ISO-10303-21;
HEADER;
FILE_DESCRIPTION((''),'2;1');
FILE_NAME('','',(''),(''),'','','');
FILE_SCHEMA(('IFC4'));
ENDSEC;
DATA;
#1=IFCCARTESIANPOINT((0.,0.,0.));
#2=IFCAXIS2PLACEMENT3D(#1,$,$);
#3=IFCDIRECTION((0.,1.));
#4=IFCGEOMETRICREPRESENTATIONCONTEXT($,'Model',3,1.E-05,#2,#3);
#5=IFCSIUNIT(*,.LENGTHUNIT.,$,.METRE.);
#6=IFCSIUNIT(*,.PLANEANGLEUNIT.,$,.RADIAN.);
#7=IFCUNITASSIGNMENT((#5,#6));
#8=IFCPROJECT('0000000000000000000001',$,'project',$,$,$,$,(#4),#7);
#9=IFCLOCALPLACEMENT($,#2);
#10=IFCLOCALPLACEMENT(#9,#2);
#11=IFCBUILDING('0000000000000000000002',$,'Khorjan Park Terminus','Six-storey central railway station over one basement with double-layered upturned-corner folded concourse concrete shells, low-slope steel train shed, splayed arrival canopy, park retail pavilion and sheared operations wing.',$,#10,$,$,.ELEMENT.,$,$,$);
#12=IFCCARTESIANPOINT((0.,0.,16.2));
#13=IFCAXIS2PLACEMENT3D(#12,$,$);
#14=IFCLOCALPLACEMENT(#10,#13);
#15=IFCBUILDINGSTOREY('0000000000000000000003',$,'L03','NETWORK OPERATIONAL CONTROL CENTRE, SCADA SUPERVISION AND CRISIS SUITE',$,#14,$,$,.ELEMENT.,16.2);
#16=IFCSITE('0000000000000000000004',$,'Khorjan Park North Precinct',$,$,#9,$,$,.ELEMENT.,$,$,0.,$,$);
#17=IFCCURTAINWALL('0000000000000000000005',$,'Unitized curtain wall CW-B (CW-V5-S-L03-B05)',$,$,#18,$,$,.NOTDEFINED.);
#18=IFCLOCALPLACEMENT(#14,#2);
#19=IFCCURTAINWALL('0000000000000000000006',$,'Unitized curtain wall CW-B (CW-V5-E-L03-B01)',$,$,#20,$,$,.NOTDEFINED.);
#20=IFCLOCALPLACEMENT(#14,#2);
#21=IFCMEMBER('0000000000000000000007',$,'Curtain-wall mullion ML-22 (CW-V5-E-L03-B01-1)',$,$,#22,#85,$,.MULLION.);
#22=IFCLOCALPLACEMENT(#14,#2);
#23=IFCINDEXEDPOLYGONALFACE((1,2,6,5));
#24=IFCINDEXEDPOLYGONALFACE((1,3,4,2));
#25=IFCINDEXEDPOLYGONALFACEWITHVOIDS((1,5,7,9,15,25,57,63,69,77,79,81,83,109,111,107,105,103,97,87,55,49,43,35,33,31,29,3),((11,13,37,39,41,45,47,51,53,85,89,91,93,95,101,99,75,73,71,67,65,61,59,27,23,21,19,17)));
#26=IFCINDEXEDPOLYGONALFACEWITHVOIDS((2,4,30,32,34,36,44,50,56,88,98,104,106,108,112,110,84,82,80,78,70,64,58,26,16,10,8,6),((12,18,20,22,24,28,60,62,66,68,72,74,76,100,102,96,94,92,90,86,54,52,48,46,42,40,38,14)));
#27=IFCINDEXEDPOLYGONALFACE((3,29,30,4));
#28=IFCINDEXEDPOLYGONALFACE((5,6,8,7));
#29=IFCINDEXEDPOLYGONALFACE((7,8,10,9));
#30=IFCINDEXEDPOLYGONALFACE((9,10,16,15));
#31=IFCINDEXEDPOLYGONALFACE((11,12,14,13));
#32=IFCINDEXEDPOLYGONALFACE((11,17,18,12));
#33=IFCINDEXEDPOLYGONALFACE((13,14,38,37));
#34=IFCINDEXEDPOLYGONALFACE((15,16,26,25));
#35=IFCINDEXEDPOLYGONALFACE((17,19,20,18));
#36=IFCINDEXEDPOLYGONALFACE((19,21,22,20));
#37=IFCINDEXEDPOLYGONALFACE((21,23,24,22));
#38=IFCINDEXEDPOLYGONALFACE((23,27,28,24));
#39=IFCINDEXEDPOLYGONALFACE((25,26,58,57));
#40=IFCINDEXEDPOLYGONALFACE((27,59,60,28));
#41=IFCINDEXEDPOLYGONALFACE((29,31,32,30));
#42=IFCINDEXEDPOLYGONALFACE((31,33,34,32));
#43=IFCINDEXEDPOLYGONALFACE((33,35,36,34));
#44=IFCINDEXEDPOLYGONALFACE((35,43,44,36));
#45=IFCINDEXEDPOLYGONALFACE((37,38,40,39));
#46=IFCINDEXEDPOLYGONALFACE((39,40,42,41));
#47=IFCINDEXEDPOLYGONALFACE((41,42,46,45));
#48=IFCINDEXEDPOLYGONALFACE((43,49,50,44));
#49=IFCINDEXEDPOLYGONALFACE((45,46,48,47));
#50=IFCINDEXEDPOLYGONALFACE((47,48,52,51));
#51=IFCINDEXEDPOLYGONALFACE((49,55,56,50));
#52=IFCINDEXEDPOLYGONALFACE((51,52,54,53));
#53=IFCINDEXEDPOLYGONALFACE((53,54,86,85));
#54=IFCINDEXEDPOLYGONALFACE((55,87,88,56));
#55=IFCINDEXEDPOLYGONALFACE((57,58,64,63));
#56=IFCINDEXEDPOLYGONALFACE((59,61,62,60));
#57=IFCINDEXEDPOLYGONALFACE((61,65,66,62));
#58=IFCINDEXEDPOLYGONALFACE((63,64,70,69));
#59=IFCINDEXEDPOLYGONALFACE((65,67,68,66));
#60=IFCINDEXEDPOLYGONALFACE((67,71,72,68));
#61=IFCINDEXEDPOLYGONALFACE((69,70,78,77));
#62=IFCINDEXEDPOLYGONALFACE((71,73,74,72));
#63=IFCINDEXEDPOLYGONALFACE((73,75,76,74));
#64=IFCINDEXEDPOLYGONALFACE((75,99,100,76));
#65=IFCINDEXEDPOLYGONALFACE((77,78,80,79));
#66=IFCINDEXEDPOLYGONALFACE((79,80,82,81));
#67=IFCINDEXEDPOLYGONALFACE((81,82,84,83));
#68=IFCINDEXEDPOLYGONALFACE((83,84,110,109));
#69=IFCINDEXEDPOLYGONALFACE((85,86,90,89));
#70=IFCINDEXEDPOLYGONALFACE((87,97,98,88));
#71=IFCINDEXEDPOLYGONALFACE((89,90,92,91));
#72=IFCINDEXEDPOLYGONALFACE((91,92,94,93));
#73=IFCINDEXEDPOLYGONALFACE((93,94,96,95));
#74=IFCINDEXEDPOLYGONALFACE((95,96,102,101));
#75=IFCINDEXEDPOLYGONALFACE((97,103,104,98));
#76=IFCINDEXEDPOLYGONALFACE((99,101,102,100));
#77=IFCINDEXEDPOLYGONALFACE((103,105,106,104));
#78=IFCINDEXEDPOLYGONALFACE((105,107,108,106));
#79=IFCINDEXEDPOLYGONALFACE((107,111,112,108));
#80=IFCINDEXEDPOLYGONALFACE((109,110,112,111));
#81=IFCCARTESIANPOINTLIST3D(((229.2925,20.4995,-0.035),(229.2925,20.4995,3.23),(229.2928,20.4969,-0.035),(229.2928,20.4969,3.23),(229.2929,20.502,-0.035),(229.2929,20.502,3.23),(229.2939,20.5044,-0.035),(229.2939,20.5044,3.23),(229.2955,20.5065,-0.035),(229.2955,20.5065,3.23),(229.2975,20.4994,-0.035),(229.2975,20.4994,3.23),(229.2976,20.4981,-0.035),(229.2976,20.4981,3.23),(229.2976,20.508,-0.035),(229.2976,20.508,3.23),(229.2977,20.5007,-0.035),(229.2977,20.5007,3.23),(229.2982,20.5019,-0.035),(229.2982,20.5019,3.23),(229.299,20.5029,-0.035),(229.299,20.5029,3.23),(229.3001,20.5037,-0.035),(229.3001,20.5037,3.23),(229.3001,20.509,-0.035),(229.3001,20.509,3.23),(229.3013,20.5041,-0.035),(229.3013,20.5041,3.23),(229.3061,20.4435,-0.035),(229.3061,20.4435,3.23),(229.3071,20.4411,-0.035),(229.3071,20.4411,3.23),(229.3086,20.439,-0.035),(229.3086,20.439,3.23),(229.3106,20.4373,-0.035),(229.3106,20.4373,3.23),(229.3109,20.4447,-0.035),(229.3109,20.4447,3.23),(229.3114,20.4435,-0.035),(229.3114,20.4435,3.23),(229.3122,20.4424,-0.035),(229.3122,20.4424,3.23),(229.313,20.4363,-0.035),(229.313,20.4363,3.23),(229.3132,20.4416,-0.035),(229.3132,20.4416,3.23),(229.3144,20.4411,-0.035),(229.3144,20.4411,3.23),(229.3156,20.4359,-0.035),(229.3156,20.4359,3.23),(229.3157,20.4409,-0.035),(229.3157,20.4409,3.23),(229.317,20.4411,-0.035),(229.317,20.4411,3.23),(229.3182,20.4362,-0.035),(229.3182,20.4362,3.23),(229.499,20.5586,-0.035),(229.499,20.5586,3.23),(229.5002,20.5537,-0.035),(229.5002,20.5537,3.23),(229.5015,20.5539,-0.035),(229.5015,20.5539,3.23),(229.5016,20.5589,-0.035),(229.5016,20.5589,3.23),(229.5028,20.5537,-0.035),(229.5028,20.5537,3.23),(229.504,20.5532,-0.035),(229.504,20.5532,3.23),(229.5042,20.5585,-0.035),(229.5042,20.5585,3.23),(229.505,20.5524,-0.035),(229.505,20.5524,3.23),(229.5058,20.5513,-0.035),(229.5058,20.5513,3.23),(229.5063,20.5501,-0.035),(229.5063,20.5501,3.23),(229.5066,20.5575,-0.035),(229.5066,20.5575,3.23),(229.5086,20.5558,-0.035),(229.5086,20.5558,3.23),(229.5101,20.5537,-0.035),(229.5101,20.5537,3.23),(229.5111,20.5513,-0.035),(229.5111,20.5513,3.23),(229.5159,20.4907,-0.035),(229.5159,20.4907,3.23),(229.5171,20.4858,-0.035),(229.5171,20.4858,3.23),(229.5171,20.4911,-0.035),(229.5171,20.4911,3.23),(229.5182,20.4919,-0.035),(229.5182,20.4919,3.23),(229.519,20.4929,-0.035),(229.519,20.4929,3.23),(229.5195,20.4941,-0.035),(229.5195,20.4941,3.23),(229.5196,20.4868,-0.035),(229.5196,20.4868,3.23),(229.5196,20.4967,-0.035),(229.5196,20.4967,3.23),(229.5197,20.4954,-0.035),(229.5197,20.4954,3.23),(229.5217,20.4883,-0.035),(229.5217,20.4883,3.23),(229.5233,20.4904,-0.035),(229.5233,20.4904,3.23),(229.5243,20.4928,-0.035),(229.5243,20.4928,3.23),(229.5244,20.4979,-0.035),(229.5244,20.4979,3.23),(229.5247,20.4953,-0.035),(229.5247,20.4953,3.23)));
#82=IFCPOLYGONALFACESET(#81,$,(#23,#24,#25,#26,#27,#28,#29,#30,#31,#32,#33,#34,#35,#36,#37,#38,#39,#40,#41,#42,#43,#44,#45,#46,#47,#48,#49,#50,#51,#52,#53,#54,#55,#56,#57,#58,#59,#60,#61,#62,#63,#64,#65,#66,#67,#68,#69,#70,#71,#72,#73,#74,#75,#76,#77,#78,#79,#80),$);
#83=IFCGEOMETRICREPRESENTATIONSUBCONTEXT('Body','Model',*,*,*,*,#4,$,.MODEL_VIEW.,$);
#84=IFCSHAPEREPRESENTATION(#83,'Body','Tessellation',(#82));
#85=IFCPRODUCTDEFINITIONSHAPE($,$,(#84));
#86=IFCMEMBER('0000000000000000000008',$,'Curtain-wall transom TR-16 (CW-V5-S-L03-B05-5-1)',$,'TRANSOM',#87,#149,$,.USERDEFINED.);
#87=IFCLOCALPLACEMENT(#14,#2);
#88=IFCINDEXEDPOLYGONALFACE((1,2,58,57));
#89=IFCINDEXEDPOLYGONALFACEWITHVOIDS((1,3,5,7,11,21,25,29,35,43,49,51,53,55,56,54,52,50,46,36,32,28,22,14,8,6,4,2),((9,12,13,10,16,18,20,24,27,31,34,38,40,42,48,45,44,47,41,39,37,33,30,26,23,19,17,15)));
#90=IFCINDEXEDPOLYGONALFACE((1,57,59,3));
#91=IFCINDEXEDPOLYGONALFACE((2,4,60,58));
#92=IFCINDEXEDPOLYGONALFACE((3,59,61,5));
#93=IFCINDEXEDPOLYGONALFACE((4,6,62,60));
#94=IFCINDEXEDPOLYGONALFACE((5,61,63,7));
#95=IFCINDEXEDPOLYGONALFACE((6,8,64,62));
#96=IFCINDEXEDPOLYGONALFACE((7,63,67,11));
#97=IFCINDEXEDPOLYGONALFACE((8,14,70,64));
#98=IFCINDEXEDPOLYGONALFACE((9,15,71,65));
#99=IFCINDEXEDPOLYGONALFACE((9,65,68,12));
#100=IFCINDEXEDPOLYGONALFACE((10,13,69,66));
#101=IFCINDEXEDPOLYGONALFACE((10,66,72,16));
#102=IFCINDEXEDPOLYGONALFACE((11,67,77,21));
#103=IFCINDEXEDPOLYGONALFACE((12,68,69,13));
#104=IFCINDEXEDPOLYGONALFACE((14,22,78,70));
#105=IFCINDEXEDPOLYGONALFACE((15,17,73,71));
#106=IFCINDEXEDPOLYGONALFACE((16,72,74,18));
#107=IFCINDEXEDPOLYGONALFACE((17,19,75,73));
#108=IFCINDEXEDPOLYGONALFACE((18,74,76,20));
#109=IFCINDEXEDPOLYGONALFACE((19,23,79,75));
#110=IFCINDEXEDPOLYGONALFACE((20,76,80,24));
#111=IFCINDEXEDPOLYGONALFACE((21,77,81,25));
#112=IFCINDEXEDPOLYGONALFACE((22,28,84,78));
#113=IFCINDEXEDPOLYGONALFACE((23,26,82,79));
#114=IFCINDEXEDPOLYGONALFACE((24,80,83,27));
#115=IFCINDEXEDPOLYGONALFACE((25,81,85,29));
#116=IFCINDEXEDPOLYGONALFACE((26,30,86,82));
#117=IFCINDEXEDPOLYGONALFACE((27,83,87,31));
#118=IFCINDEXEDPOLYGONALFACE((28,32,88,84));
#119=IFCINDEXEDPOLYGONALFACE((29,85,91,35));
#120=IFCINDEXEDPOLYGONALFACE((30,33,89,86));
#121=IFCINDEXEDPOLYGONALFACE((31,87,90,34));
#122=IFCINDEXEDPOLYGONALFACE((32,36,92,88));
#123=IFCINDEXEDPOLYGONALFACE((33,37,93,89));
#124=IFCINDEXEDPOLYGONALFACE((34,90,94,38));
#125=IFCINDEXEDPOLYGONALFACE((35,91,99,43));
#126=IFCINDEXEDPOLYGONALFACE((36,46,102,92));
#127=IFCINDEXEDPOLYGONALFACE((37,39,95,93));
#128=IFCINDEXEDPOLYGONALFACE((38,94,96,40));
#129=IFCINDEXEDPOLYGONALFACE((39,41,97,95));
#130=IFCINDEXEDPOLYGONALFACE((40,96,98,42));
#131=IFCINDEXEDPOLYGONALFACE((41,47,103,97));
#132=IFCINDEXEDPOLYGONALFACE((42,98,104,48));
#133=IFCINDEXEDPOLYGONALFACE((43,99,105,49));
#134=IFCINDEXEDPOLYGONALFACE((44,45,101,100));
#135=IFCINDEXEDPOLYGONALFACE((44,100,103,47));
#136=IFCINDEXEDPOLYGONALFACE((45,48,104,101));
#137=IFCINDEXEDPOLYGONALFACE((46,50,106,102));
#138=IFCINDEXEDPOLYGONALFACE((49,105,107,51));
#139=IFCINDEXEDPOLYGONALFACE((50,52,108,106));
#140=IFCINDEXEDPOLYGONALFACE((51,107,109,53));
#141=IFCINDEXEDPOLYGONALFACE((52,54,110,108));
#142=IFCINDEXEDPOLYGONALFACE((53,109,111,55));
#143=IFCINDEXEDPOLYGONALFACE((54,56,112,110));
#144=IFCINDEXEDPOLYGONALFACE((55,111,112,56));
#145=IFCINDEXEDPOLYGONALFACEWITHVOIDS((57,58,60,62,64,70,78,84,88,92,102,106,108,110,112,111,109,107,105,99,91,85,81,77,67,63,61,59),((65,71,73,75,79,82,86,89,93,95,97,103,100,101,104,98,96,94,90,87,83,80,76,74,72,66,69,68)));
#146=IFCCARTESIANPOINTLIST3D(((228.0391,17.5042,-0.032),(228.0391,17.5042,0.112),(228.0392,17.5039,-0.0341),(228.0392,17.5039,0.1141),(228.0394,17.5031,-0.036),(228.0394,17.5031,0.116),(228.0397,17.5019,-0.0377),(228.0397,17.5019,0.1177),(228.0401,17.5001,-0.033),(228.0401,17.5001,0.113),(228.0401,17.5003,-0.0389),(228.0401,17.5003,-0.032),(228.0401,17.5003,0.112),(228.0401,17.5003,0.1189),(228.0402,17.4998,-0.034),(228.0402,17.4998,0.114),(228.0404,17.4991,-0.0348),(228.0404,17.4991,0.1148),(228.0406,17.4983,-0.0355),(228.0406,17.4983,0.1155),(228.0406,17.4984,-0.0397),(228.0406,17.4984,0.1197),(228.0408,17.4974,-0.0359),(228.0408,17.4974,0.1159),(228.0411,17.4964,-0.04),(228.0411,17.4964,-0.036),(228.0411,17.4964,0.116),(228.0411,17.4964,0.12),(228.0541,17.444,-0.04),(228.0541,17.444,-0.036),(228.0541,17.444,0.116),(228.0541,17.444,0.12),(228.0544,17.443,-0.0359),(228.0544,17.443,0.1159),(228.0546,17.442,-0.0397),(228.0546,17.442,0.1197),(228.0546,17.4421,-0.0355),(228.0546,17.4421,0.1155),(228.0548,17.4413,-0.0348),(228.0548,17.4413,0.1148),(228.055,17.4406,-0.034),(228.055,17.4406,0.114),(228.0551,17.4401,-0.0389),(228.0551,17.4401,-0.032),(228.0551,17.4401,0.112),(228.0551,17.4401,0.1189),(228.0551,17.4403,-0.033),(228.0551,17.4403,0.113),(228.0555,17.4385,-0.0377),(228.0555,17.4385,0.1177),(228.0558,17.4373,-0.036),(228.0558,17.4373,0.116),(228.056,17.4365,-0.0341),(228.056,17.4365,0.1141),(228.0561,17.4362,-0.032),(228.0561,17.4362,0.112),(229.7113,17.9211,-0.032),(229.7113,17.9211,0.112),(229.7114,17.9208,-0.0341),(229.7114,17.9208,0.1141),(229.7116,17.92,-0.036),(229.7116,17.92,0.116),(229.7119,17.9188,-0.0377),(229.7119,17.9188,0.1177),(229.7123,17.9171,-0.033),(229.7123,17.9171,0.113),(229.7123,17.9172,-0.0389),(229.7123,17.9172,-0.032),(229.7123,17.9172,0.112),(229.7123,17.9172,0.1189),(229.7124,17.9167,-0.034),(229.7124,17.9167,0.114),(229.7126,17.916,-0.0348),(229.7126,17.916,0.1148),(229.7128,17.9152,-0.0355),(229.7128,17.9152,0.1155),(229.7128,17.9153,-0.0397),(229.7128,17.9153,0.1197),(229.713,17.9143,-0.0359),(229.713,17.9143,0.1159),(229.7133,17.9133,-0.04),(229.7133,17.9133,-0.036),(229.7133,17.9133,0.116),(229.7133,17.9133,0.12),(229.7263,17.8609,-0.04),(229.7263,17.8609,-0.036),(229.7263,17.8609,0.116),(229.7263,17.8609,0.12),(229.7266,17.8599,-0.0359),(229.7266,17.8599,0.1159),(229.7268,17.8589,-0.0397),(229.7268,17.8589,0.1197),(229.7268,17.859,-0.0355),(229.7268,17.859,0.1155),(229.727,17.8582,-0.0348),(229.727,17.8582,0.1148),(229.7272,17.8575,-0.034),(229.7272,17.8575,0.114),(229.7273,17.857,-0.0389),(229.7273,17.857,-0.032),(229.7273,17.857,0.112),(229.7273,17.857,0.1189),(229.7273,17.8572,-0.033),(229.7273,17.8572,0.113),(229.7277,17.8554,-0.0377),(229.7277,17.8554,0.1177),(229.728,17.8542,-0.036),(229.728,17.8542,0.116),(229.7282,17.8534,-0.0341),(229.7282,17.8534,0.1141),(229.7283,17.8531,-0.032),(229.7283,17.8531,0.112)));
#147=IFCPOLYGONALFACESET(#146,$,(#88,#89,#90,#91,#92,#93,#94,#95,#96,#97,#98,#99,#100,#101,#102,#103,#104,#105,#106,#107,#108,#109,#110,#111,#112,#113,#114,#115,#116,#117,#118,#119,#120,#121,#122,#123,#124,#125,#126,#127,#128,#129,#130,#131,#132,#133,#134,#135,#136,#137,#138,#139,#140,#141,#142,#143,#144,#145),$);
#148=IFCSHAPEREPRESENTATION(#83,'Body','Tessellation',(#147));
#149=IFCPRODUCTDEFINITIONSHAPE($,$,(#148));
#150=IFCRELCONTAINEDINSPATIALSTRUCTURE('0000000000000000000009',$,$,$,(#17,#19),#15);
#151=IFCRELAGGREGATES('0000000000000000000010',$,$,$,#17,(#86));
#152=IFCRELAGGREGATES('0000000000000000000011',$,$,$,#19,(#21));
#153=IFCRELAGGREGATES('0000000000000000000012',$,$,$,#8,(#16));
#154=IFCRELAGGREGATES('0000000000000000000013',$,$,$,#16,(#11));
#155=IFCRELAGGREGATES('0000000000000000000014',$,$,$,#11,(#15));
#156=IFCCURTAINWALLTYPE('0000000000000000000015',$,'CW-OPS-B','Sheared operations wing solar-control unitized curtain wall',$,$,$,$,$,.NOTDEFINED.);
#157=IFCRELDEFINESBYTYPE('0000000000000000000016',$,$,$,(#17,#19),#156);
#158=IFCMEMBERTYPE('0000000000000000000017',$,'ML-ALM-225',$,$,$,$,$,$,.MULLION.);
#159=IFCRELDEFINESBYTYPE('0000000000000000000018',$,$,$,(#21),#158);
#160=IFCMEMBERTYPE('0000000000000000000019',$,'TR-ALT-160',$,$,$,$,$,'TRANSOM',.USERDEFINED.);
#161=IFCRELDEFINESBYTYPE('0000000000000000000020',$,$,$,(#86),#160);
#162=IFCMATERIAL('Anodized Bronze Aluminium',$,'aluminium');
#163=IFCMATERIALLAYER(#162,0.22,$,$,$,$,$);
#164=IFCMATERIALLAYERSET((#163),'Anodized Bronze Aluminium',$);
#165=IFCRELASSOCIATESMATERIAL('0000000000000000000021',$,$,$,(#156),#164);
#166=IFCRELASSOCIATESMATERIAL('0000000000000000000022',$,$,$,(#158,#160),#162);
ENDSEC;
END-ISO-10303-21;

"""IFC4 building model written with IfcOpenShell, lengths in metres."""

from ifc_helpers import new_model, si_unit, direction, frame, origin, origin_2d, place, context, subcontext, project, spatial, hollow_rectangle, extrude, material, layer, layer_set, material_profile, profile_set, type_object, element, aggregate, save


model = new_model("IFC4")

# Units and contexts
model_context = context("Model", 3, precision=1e-05, world=origin(), true_north=direction((0.0, 1.0)))
body_context = subcontext(model_context, "Body", "Model", "MODEL_VIEW")
ifc_project = project(units=[si_unit("LENGTHUNIT", "METRE"), si_unit("PLANEANGLEUNIT", "RADIAN")], contexts=[model_context])

# Site, building, storey
site_placement = place(None, origin())
site = spatial("IfcSite", under=ifc_project, at=site_placement, Name="Khorjan Park North Precinct", CompositionType="ELEMENT", RefElevation=0.0)
building_placement = place(site_placement, origin())
building = spatial("IfcBuilding", under=site, at=building_placement, Name="Khorjan Park Terminus", Description="Six-storey central railway station over one basement with double-layered upturned-corner folded concourse concrete shells, low-slope steel train shed, splayed arrival canopy, park retail pavilion and sheared operations wing.", CompositionType="ELEMENT")
storey_placement = place(building_placement, frame((0.0, 0.0, 16.2)))
storey = spatial("IfcBuildingStorey", under=building, at=storey_placement, Name="L03", Description="NETWORK OPERATIONAL CONTROL CENTRE, SCADA SUPERVISION AND CRISIS SUITE", CompositionType="ELEMENT", Elevation=16.2)

# Curtain walls, member
ifc_material_1 = material(Name="Anodized Bronze Aluminium", Category="aluminium")
ifc_layer_1 = layer(ifc_material_1, 0.22)
ifc_layer_set_1 = layer_set([ifc_layer_1], Name="Anodized Bronze Aluminium")
curtain_wall_type = type_object("IfcCurtainWallType", Name="CW-OPS-B", Description="Sheared operations wing solar-control unitized curtain wall", PredefinedType="NOTDEFINED", material=ifc_layer_set_1)
curtain_wall_1_placement = place(storey_placement, origin())
curtain_wall_1 = element("IfcCurtainWall", 1, at=curtain_wall_1_placement, inside=storey, type_object=curtain_wall_type, Name="Unitized curtain wall CW-B (CW-V5-S-L03-B05)", PredefinedType="NOTDEFINED")
ifc_material_profile_1 = material_profile(ifc_material_1, hollow_rectangle(XDim=0.075, YDim=0.225, WallThickness=0.005, InnerFilletRadius=0.005, OuterFilletRadius=0.01, at=origin_2d()), Name="ALM 75x225x5")
ifc_profile_set_1 = profile_set([ifc_material_profile_1], Name="Anodized Bronze Aluminium")
member_type_1 = type_object("IfcMemberType", Name="ML-ALM-225", PredefinedType="MULLION", material=ifc_profile_set_1)
curtain_wall_2_placement = place(storey_placement, origin())
curtain_wall_2 = element("IfcCurtainWall", 2, at=curtain_wall_2_placement, inside=storey, type_object=curtain_wall_type, Name="Unitized curtain wall CW-B (CW-V5-E-L03-B01)", PredefinedType="NOTDEFINED")
member_1_placement = place(storey_placement, frame((229.4086, 20.4974, -0.035), z_axis=(0.0, 0.0, 1.0), x_axis=(-0.24192, 0.970296, 0.0)))
member_1 = element("IfcMember", 3, at=member_1_placement, type_object=member_type_1, Name="Curtain-wall mullion ML-22 (CW-V5-E-L03-B01-1)", PredefinedType="MULLION", context=body_context, shape_type="SweptSolid", body=[
    extrude(hollow_rectangle(XDim=0.075, YDim=0.225, WallThickness=0.005, InnerFilletRadius=0.005, OuterFilletRadius=0.01, at=origin_2d()), origin(), (0.0, 0.0, 1.0), 3.265),
])

# Member
ifc_material_profile_2 = material_profile(ifc_material_1, hollow_rectangle(XDim=0.07, YDim=0.16, WallThickness=0.004, InnerFilletRadius=0.004, OuterFilletRadius=0.008, at=origin_2d()), Name="ALT 70x160x4")
ifc_profile_set_2 = profile_set([ifc_material_profile_2], Name="Anodized Bronze Aluminium")
member_type_2 = type_object("IfcMemberType", Name="TR-ALT-160", ElementType="TRANSOM", PredefinedType="USERDEFINED", material=ifc_profile_set_2)
member_2_placement = place(storey_placement, frame((228.0476, 17.4702, 0.04), z_axis=(0.970299, 0.241908, 0.0), x_axis=(-0.241908, 0.970299, 0.0)))
member_2 = element("IfcMember", 4, at=member_2_placement, type_object=member_type_2, Name="Curtain-wall transom TR-16 (CW-V5-S-L03-B05-5-1)", ObjectType="TRANSOM", PredefinedType="USERDEFINED", context=body_context, shape_type="SweptSolid", body=[
    extrude(hollow_rectangle(XDim=0.07, YDim=0.16, WallThickness=0.004, InnerFilletRadius=0.004, OuterFilletRadius=0.008, at=origin_2d()), origin(), (0.0, 0.0, 1.0), 1.7234),
])

aggregate(curtain_wall_1, [member_2])
aggregate(curtain_wall_2, [member_1])

save(model, "model.ifc")
